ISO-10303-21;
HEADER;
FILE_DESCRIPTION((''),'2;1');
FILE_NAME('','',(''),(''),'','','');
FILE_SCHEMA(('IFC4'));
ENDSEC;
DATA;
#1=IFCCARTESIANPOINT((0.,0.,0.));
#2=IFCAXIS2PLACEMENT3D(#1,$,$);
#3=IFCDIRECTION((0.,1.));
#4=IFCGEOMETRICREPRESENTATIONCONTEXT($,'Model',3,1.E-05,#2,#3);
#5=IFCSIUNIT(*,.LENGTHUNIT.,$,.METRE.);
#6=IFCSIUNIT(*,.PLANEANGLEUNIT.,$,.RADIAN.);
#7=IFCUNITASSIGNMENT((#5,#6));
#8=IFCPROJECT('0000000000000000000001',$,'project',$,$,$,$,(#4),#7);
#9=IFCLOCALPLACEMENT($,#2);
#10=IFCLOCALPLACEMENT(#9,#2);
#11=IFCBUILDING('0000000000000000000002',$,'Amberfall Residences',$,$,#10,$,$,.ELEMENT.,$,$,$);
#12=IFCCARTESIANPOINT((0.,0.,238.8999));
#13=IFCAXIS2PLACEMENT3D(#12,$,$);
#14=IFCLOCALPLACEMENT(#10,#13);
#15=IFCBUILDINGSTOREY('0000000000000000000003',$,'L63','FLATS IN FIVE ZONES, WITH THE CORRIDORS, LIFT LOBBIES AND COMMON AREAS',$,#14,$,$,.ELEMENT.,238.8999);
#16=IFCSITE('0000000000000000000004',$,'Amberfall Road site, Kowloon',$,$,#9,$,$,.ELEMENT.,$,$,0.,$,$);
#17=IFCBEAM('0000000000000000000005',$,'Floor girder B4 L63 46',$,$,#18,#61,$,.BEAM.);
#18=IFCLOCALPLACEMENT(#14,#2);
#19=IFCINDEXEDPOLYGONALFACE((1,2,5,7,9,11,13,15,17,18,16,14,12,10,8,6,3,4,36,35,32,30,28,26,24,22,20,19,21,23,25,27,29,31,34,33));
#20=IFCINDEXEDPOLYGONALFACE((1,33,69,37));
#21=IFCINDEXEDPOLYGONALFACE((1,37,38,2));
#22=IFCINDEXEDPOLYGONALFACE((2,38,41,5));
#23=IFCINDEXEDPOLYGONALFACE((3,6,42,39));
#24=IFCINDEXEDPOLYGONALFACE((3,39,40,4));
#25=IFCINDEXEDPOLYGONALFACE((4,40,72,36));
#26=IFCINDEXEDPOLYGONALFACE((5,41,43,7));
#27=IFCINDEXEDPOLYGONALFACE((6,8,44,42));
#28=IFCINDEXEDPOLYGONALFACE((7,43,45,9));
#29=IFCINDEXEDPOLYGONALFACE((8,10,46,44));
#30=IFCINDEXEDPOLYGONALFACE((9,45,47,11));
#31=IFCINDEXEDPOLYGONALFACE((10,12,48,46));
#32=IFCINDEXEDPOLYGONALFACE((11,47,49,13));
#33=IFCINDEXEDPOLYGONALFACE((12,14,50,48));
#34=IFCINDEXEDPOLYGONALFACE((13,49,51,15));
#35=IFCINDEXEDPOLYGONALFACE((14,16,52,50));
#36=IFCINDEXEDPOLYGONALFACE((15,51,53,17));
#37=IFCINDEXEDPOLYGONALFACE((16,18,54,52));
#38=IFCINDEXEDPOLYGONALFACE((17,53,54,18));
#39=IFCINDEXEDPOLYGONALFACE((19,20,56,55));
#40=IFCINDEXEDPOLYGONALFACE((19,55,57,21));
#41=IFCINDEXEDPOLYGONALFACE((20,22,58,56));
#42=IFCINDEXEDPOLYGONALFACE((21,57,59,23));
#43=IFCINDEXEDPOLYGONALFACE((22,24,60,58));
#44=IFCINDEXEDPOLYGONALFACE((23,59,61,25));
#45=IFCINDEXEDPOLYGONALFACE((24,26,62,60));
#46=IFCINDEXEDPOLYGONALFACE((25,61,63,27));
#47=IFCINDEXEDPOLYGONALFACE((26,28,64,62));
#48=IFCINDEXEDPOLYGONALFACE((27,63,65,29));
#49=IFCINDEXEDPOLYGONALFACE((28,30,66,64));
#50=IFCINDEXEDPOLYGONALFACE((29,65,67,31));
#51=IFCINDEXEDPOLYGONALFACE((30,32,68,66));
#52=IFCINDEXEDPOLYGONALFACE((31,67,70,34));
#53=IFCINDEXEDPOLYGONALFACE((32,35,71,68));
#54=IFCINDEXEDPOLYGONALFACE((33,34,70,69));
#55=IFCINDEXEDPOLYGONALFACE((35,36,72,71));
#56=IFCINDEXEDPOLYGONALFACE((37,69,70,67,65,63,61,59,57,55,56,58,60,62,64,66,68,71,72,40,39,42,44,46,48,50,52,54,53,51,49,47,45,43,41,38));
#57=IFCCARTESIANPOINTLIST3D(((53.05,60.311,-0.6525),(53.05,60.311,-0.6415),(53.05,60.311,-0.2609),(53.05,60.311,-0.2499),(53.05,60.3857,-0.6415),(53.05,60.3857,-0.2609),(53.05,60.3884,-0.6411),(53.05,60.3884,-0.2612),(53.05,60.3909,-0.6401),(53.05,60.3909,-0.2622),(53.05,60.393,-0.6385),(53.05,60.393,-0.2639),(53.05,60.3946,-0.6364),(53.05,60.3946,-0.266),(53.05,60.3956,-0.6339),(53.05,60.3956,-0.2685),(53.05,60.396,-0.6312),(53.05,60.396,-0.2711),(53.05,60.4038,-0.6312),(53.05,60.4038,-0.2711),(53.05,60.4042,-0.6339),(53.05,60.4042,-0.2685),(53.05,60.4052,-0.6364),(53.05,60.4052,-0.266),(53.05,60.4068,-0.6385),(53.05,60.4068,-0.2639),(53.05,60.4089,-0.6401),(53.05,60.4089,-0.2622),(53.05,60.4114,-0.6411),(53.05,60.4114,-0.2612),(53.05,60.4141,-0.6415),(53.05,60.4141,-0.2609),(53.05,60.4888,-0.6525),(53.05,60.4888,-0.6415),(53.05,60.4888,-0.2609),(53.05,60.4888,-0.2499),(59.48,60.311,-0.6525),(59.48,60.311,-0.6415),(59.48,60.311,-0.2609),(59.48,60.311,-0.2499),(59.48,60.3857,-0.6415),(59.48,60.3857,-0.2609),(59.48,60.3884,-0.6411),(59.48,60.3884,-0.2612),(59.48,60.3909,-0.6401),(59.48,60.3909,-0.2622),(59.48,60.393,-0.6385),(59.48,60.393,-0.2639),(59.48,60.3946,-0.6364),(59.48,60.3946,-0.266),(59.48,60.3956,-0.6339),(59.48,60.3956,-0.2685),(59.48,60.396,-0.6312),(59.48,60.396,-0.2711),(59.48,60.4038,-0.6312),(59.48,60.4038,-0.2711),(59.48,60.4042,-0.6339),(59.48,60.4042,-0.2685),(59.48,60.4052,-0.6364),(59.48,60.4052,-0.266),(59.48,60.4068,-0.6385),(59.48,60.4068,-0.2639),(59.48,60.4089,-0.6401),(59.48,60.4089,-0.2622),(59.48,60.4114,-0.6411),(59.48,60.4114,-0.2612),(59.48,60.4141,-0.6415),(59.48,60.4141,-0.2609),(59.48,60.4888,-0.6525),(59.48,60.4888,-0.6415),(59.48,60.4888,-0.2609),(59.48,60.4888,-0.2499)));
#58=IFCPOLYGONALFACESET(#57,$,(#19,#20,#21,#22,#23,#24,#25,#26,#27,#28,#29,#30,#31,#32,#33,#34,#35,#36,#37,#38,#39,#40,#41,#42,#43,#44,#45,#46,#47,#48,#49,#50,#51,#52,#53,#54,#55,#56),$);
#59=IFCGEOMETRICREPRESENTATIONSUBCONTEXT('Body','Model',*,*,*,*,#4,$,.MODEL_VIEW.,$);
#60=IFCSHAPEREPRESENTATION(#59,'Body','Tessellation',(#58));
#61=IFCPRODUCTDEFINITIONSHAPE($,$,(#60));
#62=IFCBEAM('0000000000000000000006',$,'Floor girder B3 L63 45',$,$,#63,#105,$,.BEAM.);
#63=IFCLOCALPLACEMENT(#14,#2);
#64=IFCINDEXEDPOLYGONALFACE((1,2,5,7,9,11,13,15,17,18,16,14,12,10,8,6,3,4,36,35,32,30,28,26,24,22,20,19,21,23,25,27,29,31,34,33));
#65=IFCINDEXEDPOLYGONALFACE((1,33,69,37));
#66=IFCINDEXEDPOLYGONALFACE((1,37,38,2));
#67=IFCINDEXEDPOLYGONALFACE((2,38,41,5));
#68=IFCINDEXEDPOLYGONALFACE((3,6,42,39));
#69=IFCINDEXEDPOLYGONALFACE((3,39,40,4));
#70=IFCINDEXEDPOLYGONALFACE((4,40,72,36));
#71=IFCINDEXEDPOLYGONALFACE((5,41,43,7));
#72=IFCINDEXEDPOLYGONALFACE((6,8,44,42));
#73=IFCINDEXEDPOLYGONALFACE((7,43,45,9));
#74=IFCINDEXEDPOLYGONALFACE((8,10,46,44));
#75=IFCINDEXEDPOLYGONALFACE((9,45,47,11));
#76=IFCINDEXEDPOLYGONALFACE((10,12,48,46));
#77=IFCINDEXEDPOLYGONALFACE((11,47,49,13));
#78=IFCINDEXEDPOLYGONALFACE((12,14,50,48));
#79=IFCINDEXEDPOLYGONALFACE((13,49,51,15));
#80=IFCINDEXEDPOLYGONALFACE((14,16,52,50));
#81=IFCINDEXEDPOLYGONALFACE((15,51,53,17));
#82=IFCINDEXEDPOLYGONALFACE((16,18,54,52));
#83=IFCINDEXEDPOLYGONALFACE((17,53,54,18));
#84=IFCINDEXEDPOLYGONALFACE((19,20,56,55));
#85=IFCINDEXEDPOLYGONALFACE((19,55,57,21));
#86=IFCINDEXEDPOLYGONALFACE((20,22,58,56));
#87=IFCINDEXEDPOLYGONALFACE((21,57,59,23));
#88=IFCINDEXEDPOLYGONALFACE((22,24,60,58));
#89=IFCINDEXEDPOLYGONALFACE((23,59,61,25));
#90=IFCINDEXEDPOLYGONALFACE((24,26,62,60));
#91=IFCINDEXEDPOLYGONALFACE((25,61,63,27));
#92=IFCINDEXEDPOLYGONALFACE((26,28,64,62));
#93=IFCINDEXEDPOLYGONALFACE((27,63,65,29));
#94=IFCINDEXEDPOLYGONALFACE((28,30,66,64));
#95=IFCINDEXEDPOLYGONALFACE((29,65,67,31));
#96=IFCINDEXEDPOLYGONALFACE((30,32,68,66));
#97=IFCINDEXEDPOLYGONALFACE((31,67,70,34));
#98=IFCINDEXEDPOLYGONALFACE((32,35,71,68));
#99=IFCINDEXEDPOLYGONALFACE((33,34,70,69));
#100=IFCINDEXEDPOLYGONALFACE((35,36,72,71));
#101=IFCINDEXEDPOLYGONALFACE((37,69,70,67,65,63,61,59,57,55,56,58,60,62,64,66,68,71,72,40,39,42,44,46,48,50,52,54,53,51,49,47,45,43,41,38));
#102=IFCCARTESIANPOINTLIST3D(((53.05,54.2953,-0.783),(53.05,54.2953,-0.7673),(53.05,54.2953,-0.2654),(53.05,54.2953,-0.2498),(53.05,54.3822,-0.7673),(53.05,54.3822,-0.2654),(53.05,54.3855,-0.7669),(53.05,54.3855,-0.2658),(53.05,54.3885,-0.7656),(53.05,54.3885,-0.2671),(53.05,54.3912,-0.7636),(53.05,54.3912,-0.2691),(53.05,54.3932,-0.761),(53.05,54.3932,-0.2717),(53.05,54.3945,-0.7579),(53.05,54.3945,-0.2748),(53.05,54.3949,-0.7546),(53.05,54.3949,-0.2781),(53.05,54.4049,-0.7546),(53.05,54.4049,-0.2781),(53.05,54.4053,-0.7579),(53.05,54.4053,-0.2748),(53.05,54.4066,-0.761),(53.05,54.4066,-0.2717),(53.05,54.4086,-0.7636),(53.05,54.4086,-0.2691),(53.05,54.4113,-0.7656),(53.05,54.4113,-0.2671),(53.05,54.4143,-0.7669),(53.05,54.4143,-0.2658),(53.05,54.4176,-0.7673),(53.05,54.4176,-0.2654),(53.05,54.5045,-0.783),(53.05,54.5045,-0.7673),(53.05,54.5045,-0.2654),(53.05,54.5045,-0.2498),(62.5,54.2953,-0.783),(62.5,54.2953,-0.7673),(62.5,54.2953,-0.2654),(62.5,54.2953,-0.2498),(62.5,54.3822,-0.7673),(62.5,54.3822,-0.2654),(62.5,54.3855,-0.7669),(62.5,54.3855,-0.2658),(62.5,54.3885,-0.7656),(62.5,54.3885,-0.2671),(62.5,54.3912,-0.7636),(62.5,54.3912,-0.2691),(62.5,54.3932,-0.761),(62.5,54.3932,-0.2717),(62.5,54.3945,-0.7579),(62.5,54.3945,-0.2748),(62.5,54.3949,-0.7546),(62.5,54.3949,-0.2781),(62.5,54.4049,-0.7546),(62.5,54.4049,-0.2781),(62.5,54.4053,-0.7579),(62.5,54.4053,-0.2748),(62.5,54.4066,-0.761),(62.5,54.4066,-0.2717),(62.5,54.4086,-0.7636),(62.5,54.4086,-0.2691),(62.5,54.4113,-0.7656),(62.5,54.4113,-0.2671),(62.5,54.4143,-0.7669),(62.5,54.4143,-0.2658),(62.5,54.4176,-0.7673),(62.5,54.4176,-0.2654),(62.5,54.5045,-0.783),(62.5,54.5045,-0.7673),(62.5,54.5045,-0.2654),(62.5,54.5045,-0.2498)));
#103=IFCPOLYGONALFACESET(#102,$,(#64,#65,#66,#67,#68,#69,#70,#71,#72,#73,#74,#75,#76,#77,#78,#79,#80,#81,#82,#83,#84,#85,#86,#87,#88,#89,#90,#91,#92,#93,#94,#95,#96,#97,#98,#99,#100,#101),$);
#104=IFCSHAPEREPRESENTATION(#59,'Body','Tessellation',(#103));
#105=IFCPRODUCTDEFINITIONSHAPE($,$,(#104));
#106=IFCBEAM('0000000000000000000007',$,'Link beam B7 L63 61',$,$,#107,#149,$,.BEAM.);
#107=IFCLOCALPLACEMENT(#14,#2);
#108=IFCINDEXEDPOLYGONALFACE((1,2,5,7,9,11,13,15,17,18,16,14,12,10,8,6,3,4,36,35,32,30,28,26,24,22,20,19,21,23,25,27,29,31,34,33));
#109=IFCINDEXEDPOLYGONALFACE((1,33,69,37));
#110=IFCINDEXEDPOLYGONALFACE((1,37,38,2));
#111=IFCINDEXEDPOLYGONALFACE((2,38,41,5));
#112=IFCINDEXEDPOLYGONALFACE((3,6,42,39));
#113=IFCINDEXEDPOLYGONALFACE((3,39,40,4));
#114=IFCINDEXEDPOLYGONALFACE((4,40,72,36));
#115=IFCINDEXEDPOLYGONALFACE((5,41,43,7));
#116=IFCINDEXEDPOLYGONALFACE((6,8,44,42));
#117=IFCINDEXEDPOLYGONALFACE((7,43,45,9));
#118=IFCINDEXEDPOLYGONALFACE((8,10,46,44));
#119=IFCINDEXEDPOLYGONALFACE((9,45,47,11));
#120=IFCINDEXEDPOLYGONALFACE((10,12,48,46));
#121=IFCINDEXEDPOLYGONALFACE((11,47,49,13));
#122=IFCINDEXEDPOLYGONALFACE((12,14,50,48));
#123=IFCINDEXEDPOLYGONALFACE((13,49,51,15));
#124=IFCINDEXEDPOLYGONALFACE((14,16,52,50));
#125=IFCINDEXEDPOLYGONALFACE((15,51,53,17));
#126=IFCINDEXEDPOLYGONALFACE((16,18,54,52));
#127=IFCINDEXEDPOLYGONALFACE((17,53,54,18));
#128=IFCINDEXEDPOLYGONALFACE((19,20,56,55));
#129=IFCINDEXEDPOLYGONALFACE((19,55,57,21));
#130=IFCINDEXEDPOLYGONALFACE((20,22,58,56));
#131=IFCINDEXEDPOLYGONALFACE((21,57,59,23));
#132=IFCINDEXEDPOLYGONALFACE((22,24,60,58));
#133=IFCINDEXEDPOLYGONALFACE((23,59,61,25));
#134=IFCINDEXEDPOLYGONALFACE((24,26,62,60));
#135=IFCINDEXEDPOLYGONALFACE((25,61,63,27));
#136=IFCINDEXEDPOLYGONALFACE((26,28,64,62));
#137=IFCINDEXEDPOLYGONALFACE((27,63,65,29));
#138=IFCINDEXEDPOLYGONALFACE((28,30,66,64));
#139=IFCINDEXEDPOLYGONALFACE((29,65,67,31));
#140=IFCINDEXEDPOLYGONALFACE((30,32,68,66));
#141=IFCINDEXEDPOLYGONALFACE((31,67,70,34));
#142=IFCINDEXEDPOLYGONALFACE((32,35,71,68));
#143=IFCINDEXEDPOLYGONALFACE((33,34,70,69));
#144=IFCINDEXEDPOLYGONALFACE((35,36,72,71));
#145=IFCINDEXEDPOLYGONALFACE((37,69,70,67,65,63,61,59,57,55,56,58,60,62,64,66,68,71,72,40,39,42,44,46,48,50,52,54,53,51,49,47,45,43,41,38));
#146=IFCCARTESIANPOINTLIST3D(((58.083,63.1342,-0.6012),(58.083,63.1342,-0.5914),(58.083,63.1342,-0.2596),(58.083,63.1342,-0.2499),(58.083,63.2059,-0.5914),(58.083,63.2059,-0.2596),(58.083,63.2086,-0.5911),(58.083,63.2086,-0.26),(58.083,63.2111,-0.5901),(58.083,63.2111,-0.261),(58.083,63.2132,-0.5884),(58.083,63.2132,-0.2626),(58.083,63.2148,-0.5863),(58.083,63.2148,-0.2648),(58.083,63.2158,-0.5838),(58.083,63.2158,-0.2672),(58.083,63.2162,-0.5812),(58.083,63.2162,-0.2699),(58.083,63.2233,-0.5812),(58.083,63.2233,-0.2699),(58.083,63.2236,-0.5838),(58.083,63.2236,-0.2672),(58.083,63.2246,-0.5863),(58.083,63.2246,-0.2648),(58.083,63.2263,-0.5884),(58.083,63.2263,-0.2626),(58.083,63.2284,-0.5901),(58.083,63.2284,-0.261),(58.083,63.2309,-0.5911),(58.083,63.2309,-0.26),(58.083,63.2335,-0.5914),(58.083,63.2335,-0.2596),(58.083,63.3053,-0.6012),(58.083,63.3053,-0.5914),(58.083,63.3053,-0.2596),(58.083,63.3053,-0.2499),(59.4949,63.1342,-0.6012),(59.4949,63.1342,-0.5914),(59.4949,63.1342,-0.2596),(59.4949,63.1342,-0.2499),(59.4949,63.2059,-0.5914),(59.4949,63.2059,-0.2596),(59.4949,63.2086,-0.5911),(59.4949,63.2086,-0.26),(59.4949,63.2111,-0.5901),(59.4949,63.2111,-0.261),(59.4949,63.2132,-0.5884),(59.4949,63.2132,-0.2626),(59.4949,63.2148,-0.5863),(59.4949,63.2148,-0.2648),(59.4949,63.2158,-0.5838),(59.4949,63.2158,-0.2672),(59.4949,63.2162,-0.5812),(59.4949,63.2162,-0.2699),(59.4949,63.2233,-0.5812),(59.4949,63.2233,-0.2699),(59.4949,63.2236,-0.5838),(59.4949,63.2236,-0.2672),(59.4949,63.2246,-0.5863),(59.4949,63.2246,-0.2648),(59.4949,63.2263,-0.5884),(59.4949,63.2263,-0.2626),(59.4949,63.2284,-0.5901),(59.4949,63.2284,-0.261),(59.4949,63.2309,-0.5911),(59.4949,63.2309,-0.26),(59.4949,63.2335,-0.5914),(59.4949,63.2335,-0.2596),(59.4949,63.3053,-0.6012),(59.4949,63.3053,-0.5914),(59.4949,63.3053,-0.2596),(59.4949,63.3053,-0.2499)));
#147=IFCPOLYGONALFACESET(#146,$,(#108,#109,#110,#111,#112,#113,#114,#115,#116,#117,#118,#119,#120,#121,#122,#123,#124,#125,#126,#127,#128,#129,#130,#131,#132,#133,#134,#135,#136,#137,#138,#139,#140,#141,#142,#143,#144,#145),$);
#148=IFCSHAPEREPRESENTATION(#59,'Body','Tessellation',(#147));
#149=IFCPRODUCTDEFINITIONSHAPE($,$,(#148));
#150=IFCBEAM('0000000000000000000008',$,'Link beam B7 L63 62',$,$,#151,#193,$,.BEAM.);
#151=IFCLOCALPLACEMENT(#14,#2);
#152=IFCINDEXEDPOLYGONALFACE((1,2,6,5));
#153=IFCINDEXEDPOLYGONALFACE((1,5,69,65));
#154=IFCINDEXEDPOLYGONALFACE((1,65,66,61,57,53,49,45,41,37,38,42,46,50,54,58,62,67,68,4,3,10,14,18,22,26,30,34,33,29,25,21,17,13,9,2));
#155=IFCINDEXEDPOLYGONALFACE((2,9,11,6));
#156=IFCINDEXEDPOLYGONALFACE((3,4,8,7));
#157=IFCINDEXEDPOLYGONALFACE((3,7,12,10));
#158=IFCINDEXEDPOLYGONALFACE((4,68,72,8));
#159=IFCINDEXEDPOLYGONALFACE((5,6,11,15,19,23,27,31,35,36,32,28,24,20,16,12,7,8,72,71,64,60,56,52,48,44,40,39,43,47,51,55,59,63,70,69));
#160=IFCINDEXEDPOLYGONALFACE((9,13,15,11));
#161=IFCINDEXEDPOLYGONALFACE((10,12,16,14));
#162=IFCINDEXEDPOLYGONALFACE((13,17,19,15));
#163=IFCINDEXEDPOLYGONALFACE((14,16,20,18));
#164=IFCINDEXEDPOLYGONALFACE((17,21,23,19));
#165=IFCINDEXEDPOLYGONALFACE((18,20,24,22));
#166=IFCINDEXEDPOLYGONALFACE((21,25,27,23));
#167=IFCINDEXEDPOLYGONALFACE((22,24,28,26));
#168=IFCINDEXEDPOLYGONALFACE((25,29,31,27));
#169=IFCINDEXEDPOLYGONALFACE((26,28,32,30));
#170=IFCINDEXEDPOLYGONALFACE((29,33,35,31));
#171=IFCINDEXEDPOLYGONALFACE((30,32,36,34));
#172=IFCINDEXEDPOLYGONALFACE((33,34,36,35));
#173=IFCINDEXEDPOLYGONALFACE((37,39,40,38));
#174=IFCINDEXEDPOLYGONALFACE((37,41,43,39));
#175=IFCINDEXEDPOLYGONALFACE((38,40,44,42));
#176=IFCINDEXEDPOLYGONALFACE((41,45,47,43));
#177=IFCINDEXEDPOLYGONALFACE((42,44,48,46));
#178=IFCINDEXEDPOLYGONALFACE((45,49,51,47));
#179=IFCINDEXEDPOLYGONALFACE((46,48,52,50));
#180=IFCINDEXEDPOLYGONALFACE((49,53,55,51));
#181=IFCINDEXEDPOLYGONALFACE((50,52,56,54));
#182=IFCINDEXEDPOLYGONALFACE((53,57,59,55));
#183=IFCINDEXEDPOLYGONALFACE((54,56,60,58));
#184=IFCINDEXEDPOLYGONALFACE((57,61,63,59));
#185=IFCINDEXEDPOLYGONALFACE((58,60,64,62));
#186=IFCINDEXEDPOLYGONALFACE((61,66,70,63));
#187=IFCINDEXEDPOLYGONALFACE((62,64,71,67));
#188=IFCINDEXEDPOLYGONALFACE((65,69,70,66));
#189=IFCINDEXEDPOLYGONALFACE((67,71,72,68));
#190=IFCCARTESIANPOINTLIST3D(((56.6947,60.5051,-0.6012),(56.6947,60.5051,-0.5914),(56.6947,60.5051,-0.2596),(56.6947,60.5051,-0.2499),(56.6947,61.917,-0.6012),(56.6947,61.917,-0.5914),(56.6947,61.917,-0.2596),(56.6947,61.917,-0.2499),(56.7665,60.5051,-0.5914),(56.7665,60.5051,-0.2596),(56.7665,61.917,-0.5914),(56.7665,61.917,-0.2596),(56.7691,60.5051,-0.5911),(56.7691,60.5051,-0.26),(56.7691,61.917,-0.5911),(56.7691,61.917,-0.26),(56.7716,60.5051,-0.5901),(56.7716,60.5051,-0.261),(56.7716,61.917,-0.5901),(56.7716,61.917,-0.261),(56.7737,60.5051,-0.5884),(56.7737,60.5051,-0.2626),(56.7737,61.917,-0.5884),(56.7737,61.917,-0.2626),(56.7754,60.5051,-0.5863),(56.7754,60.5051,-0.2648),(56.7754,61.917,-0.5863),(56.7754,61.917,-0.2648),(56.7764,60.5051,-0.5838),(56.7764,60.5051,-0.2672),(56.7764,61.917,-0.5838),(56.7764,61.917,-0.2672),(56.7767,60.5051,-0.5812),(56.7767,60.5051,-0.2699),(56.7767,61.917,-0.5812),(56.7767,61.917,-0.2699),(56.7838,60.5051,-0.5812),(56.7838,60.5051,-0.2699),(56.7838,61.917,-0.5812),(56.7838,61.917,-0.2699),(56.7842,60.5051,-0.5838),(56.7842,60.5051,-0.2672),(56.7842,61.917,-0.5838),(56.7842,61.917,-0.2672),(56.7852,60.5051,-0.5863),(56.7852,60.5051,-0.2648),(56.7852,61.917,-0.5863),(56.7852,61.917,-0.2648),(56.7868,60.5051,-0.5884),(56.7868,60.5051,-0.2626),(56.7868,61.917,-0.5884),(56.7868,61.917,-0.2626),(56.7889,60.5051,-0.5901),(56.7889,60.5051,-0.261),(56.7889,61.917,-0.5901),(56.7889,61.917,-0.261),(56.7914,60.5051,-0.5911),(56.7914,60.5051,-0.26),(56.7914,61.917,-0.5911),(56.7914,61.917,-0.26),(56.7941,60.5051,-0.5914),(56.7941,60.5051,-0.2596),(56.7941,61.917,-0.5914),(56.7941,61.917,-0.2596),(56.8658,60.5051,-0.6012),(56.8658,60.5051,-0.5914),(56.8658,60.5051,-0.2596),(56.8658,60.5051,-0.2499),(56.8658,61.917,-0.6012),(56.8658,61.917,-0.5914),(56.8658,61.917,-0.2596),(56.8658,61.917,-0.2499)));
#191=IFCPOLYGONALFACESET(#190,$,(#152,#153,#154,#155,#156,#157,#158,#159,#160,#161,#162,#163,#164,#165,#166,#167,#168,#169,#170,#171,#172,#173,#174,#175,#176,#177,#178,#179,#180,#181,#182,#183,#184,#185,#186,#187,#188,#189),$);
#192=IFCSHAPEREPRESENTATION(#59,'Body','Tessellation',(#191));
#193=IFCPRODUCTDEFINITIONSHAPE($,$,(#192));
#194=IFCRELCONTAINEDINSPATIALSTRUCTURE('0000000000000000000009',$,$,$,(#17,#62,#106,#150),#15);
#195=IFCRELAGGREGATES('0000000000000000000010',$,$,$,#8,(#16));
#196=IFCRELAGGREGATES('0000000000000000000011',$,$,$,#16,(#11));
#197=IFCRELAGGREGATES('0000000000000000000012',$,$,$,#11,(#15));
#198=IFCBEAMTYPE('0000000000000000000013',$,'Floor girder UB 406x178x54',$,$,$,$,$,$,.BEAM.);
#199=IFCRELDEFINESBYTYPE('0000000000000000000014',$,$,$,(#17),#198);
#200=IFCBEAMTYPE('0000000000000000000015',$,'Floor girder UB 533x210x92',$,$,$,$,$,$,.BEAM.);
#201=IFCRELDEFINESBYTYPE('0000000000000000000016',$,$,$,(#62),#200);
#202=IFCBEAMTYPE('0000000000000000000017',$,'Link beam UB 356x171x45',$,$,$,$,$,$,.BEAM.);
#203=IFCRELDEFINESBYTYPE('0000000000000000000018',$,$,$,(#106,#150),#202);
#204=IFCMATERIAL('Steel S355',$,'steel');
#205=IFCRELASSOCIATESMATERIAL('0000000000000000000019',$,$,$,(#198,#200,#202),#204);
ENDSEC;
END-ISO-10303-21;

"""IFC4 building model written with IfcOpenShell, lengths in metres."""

from ifc_helpers import new_model, si_unit, direction, frame, origin, origin_2d, place, context, subcontext, project, spatial, i_section, extrude, material, material_profile, profile_set, type_object, element, save


model = new_model("IFC4")

# Units and contexts
model_context = context("Model", 3, precision=1e-05, world=origin(), true_north=direction((0.0, 1.0)))
body_context = subcontext(model_context, "Body", "Model", "MODEL_VIEW")
ifc_project = project(units=[si_unit("LENGTHUNIT", "METRE"), si_unit("PLANEANGLEUNIT", "RADIAN")], contexts=[model_context])

# Site, building, storey
site_placement = place(None, origin())
site = spatial("IfcSite", under=ifc_project, at=site_placement, Name="Amberfall Road site, Kowloon", CompositionType="ELEMENT", RefElevation=0.0)
building_placement = place(site_placement, origin())
building = spatial("IfcBuilding", under=site, at=building_placement, Name="Amberfall Residences", CompositionType="ELEMENT")
storey_placement = place(building_placement, frame((0.0, 0.0, 238.8999)))
storey = spatial("IfcBuildingStorey", under=building, at=storey_placement, Name="L63", Description="FLATS IN FIVE ZONES, WITH THE CORRIDORS, LIFT LOBBIES AND COMMON AREAS", CompositionType="ELEMENT", Elevation=238.8999)

# Shared definitions
ifc_material_1 = material(Name="Steel S355", Category="steel")

# Beams
ifc_material_profile_1 = material_profile(ifc_material_1, i_section(OverallWidth=0.1777, OverallDepth=0.4026, WebThickness=0.0078, FlangeThickness=0.011, FilletRadius=0.0103, at=origin_2d()), Name="UB 406x178x54")
ifc_profile_set_1 = profile_set([ifc_material_profile_1], Name="Steel S355")
beam_type_1 = type_object("IfcBeamType", Name="Floor girder UB 406x178x54", PredefinedType="BEAM", material=ifc_profile_set_1)
beam_1_placement = place(storey_placement, frame((53.05, 60.3999, -0.4512), z_axis=(1.0, 0.0, 0.0), x_axis=(0.0, 1.0, 0.0)))
element("IfcBeam", 1, at=beam_1_placement, inside=storey, type_object=beam_type_1, Name="Floor girder B4 L63 46", PredefinedType="BEAM", context=body_context, shape_type="SweptSolid", body=[
    extrude(i_section(OverallWidth=0.1777, OverallDepth=0.4026, WebThickness=0.0078, FlangeThickness=0.011, FilletRadius=0.0103, at=origin_2d()), origin(), (0.0, 0.0, 1.0), 6.4299),
])
ifc_material_profile_2 = material_profile(ifc_material_1, i_section(OverallWidth=0.2092, OverallDepth=0.5332, WebThickness=0.01, FlangeThickness=0.0156, FilletRadius=0.0127, at=origin_2d()), Name="UB 533x210x92")
ifc_profile_set_2 = profile_set([ifc_material_profile_2], Name="Steel S355")
beam_type_2 = type_object("IfcBeamType", Name="Floor girder UB 533x210x92", PredefinedType="BEAM", material=ifc_profile_set_2)
beam_2_placement = place(storey_placement, frame((53.05, 54.3999, -0.5164), z_axis=(1.0, 0.0, 0.0), x_axis=(0.0, 1.0, 0.0)))
element("IfcBeam", 2, at=beam_2_placement, inside=storey, type_object=beam_type_2, Name="Floor girder B3 L63 45", PredefinedType="BEAM", context=body_context, shape_type="SweptSolid", body=[
    extrude(i_section(OverallWidth=0.2092, OverallDepth=0.5332, WebThickness=0.01, FlangeThickness=0.0156, FilletRadius=0.0127, at=origin_2d()), origin(), (0.0, 0.0, 1.0), 9.45),
])
ifc_material_profile_3 = material_profile(ifc_material_1, i_section(OverallWidth=0.1711, OverallDepth=0.3513, WebThickness=0.0071, FlangeThickness=0.0098, FilletRadius=0.0103, at=origin_2d()), Name="UB 356x171x45")
ifc_profile_set_3 = profile_set([ifc_material_profile_3], Name="Steel S355")
beam_type_3 = type_object("IfcBeamType", Name="Link beam UB 356x171x45", PredefinedType="BEAM", material=ifc_profile_set_3)
for number, where, z_axis, x_axis, name in (
    (3, (58.083, 63.2197, -0.4255), (1.0, 0.0, 0.0), (0.0, 1.0, 0.0), "Link beam B7 L63 61"),
    (4, (56.7803, 61.917, -0.4255), (0.0, -1.0, 0.0), (1.0, 0.0, 0.0), "Link beam B7 L63 62"),
):
    element("IfcBeam", number, at=place(storey_placement, frame(where, z_axis=z_axis, x_axis=x_axis)), inside=storey, type_object=beam_type_3, Name=name, PredefinedType="BEAM", context=body_context, shape_type="SweptSolid", body=[
        extrude(i_section(OverallWidth=0.1711, OverallDepth=0.3513, WebThickness=0.0071, FlangeThickness=0.0098, FilletRadius=0.0103, at=origin_2d()), origin(), (0.0, 0.0, 1.0), 1.4119),
    ])

save(model, "model.ifc")
